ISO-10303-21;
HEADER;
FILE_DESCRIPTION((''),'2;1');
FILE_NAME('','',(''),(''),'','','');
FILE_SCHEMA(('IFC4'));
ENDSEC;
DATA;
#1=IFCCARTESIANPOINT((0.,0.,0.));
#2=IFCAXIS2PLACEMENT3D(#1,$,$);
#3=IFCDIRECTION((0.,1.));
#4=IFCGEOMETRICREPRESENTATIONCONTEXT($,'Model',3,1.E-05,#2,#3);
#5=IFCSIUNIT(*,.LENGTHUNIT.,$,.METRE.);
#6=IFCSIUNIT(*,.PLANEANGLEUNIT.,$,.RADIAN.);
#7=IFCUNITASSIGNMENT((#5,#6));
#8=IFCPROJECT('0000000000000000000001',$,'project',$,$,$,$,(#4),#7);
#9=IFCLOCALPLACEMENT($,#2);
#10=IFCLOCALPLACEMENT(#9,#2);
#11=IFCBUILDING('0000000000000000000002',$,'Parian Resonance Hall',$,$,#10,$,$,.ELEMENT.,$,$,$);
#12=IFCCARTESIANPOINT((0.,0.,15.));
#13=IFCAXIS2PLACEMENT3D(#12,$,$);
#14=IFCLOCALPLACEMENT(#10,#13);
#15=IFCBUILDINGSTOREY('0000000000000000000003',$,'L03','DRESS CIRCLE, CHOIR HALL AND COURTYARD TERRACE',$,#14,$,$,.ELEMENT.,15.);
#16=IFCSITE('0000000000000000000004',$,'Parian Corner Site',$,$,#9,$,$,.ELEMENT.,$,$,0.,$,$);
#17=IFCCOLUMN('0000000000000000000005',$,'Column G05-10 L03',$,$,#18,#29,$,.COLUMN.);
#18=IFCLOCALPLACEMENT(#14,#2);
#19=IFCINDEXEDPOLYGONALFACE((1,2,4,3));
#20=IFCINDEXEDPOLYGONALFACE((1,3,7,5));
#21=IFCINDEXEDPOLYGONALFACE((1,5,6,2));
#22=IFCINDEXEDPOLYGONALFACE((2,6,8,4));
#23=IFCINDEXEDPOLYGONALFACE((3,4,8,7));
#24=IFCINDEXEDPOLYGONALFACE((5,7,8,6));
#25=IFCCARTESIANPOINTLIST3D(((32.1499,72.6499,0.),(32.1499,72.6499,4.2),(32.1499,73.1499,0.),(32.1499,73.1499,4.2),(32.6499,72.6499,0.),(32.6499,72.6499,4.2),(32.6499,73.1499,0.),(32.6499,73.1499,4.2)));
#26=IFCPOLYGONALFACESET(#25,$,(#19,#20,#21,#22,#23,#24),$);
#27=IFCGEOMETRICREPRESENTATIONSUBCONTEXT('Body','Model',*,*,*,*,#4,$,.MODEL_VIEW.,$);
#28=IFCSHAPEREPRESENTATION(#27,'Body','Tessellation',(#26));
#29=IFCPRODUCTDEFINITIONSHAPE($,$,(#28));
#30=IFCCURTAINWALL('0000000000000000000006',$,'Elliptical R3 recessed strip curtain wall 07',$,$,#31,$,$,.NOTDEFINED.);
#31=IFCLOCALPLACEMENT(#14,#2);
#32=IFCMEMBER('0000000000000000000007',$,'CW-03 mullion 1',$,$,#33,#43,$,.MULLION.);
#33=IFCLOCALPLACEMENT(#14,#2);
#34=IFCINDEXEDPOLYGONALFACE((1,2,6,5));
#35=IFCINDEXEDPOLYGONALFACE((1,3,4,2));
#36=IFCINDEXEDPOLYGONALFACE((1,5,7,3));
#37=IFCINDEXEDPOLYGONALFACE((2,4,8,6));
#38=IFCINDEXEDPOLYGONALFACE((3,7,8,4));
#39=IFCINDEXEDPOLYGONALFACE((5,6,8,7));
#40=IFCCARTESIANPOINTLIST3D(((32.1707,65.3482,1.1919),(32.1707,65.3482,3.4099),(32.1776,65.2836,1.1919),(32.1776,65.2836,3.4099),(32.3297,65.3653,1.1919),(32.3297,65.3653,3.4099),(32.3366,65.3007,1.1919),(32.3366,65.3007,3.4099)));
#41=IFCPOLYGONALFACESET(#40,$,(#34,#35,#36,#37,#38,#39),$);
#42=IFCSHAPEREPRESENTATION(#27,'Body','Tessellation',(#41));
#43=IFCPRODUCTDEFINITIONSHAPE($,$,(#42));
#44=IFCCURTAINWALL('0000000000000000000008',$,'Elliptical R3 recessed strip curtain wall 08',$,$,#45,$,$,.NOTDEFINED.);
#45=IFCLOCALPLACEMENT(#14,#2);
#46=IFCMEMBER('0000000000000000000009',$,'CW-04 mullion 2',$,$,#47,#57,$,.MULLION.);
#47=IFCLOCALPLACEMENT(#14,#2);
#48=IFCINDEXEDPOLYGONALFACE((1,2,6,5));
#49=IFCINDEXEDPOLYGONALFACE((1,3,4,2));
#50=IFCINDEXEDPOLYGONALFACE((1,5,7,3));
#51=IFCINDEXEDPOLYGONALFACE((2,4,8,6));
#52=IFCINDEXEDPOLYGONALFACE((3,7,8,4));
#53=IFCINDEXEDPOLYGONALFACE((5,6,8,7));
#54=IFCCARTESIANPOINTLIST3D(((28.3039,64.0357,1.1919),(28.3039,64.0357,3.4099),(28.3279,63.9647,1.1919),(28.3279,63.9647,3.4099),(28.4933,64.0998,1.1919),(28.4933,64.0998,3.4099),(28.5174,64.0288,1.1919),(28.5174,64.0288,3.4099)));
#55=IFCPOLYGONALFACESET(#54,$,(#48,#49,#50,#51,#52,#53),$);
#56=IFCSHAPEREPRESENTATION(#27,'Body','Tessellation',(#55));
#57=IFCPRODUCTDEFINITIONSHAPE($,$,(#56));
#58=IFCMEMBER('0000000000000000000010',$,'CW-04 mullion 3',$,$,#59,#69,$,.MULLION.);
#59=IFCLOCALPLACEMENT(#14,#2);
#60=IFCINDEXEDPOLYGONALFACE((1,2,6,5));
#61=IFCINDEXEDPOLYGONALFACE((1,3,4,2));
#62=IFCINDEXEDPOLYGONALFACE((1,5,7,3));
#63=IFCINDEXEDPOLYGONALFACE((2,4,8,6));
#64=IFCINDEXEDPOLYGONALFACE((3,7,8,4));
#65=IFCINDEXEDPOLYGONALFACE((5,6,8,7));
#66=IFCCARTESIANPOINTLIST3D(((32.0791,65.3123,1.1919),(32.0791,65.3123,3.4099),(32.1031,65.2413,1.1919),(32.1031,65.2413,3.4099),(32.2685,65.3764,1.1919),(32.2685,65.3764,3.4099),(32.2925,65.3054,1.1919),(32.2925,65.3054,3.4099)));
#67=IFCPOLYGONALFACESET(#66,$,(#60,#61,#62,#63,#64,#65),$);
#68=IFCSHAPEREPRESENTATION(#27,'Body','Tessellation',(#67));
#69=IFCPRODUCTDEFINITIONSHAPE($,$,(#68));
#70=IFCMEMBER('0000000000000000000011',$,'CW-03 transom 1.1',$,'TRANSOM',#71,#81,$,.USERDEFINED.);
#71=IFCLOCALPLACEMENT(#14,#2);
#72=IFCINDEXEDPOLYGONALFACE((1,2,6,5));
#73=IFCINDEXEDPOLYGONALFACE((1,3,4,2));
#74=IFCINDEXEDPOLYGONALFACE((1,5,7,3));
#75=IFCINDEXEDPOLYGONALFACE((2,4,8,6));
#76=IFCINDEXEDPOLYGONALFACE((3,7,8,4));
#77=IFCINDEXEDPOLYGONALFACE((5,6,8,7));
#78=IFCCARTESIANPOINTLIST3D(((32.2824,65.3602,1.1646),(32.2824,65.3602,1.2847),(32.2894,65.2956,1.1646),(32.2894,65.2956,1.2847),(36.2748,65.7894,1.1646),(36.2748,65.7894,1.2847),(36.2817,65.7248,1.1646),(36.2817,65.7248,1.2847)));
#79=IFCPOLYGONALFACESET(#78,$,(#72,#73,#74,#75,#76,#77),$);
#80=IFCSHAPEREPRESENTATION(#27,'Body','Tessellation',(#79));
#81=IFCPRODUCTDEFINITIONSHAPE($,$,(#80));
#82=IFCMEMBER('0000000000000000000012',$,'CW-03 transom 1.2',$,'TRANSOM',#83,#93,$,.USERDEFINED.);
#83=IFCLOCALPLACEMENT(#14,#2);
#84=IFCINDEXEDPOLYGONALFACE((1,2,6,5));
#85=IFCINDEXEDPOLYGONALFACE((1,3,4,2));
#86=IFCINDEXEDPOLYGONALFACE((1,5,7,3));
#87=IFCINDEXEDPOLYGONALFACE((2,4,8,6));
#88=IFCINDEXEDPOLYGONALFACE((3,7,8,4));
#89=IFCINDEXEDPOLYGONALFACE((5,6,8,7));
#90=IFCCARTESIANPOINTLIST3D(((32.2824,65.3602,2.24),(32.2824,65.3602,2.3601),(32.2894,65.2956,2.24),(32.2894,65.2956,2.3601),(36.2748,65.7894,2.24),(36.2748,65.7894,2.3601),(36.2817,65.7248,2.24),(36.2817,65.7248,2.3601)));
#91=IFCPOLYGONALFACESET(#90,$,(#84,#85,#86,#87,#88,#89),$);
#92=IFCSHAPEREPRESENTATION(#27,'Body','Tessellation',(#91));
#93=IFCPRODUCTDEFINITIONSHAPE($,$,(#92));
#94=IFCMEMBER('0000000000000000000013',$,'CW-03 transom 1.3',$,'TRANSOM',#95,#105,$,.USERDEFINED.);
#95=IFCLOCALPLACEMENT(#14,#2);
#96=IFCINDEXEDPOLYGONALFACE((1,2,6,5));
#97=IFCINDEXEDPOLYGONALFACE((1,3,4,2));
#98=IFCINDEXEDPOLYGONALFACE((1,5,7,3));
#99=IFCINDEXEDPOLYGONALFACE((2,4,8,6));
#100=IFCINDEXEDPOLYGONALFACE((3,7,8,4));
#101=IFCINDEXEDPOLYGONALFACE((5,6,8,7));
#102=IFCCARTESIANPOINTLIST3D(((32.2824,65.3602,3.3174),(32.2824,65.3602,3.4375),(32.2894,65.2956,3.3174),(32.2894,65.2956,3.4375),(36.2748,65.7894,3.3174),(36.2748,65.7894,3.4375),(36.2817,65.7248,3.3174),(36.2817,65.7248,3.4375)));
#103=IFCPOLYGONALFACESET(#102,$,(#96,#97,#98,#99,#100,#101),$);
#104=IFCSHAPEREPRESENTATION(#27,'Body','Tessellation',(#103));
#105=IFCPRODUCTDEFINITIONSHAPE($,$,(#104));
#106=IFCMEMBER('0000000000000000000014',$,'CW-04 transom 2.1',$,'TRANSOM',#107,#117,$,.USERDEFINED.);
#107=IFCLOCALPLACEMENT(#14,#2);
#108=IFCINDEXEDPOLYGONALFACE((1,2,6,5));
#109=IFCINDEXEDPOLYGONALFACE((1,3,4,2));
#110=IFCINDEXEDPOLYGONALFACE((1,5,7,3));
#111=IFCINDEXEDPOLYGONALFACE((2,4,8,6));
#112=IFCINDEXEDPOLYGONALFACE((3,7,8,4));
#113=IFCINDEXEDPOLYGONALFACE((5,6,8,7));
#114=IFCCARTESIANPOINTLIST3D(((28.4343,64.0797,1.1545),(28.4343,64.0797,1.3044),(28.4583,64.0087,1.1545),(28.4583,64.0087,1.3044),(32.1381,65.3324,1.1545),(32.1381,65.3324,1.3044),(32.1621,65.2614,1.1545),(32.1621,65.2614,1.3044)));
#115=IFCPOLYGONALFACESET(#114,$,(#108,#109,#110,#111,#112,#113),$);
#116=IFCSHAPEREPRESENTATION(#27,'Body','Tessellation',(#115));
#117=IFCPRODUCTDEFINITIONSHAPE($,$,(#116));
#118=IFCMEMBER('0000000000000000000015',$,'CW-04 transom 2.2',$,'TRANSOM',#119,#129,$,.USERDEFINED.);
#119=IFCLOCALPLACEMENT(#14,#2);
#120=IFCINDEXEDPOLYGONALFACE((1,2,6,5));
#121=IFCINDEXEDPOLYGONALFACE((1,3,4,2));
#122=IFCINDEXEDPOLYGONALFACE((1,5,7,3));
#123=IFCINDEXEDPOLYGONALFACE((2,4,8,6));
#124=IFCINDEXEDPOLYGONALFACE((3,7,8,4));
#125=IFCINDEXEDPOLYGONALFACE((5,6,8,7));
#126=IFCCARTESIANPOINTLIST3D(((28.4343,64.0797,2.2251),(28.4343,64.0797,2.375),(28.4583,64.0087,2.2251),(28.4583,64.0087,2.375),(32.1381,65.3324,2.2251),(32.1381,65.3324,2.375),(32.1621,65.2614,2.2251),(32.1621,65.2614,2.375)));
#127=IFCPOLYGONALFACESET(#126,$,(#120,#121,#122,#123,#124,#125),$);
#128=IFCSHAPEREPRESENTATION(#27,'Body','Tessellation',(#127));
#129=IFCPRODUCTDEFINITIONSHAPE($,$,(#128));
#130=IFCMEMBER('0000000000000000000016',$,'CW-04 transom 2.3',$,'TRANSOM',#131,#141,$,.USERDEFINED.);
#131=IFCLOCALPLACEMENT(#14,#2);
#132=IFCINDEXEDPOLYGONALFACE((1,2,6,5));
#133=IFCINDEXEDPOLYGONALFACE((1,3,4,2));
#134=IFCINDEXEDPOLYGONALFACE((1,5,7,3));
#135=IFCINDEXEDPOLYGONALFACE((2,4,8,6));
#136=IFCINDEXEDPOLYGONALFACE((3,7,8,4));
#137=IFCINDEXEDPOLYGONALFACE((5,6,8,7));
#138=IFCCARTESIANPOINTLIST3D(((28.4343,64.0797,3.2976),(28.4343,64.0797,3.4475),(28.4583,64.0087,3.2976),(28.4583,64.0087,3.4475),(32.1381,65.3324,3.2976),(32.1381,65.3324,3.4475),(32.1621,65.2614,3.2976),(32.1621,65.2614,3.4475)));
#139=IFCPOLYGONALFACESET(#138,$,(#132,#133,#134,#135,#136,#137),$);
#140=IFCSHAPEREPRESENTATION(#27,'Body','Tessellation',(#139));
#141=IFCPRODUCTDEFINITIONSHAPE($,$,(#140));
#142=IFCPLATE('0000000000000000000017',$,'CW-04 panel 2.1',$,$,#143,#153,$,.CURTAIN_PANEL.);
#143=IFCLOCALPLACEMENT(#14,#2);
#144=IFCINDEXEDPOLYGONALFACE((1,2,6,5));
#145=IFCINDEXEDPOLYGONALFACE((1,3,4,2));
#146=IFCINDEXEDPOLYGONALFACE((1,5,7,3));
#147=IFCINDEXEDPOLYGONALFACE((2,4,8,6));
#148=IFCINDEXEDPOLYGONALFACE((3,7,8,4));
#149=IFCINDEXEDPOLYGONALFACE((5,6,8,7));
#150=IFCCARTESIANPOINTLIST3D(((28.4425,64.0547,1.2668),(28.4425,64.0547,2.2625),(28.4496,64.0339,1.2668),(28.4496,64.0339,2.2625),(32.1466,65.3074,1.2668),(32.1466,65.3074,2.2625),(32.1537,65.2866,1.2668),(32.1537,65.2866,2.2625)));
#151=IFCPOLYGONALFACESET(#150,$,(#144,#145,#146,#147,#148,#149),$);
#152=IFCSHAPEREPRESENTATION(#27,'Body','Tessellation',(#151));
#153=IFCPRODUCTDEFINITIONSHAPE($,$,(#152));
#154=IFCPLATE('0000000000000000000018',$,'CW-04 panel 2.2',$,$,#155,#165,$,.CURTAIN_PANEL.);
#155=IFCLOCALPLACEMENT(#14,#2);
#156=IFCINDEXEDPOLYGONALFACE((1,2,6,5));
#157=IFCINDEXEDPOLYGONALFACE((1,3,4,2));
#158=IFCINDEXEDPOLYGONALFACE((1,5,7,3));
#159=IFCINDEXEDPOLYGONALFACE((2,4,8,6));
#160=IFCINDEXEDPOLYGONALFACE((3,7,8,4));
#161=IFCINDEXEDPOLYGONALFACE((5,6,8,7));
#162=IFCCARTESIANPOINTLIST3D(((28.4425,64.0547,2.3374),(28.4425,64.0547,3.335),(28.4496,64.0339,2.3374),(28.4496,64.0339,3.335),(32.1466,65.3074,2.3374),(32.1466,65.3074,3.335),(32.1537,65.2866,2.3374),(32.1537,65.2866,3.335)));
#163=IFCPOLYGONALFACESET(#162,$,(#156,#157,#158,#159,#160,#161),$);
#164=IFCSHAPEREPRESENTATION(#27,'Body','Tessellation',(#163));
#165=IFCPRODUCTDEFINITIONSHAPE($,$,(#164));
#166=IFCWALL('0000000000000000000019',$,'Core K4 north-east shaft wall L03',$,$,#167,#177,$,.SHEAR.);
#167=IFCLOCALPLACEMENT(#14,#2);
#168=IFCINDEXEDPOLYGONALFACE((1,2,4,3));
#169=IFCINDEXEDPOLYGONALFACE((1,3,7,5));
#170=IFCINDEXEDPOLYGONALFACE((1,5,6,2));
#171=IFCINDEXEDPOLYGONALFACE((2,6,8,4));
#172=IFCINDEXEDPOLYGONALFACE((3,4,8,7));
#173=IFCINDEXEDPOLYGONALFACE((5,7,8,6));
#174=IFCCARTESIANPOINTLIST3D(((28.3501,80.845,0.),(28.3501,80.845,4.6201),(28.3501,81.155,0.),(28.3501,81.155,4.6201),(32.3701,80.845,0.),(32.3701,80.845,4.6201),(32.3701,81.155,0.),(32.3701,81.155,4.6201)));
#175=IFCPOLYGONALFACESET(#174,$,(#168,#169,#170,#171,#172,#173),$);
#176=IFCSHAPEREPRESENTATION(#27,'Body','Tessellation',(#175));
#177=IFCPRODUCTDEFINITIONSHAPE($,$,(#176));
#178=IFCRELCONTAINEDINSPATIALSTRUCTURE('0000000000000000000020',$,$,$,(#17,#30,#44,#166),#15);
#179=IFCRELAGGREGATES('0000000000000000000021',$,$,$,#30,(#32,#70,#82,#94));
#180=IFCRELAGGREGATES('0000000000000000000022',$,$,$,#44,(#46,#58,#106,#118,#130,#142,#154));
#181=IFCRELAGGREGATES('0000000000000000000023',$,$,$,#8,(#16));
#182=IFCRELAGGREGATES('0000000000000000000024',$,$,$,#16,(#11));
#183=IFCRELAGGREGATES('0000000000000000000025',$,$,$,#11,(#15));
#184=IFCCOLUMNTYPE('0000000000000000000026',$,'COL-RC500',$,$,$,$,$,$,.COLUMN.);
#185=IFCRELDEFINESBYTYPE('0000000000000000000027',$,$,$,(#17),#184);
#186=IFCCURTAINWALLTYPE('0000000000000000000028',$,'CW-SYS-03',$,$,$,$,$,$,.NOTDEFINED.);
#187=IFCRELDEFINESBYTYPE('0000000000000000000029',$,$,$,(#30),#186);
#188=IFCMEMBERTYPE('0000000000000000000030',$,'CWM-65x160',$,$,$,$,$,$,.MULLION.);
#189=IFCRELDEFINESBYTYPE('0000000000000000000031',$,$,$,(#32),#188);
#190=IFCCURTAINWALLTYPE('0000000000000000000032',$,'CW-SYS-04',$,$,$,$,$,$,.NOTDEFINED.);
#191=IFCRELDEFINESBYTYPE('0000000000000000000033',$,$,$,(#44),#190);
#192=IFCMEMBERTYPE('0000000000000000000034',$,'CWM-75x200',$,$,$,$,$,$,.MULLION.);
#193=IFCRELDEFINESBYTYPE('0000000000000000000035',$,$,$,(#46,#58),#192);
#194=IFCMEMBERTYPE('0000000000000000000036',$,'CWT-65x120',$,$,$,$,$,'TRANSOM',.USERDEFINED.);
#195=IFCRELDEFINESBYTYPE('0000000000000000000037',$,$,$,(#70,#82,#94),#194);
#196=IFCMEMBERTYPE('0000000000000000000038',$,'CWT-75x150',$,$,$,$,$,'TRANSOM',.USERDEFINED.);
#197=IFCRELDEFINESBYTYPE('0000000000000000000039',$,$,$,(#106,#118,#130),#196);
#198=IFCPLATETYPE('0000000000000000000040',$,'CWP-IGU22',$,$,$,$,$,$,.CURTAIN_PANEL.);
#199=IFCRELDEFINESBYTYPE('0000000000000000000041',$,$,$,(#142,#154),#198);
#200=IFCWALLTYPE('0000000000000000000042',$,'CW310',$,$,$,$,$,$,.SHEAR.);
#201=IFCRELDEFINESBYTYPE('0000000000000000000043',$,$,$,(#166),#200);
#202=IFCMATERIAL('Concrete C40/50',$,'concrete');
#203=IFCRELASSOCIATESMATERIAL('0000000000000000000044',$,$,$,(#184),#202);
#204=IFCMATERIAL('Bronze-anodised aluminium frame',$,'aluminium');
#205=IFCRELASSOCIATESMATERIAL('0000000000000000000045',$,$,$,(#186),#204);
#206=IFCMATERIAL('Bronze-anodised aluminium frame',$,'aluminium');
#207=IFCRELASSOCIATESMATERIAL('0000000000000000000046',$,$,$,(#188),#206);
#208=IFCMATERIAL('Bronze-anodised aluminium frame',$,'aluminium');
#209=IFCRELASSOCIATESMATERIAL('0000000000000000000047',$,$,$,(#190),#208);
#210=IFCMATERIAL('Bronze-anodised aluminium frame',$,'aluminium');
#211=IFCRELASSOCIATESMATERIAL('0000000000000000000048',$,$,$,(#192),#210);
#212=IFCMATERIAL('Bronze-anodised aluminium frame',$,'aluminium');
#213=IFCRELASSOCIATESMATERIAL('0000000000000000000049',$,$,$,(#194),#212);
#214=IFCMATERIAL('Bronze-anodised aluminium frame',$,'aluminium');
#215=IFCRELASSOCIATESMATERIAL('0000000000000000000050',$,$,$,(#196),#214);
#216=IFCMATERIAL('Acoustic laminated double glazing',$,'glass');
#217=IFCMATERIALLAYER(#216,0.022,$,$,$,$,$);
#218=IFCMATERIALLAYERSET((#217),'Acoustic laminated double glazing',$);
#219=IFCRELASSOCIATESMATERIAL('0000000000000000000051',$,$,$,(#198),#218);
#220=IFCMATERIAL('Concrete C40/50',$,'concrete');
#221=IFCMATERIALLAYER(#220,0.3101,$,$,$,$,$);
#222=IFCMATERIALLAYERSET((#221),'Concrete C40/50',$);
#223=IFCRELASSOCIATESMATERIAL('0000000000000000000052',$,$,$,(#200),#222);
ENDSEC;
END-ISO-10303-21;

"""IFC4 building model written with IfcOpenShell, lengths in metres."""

from ifc_helpers import new_model, si_unit, direction, frame, frame_2d, origin, origin_2d, place, context, subcontext, project, spatial, rectangle, extrude, material, layer, layer_set, material_profile, profile_set, type_object, element, aggregate, save


model = new_model("IFC4")

# Units and contexts
model_context = context("Model", 3, precision=1e-05, world=origin(), true_north=direction((0.0, 1.0)))
body_context = subcontext(model_context, "Body", "Model", "MODEL_VIEW")
ifc_project = project(units=[si_unit("LENGTHUNIT", "METRE"), si_unit("PLANEANGLEUNIT", "RADIAN")], contexts=[model_context])

# Site, building, storey
site_placement = place(None, origin())
site = spatial("IfcSite", under=ifc_project, at=site_placement, Name="Parian Corner Site", CompositionType="ELEMENT", RefElevation=0.0)
building_placement = place(site_placement, origin())
building = spatial("IfcBuilding", under=site, at=building_placement, Name="Parian Resonance Hall", CompositionType="ELEMENT")
storey_placement = place(building_placement, frame((0.0, 0.0, 15.0)))
storey = spatial("IfcBuildingStorey", under=building, at=storey_placement, Name="L03", Description="DRESS CIRCLE, CHOIR HALL AND COURTYARD TERRACE", CompositionType="ELEMENT", Elevation=15.0)

# Column
ifc_material_1 = material(Name="Concrete C40/50", Category="concrete")
ifc_material_profile_1 = material_profile(ifc_material_1, rectangle(XDim=0.5, YDim=0.5, at=origin_2d()), Name="RC-COL-500x500")
ifc_profile_set_1 = profile_set([ifc_material_profile_1], Name="Concrete C40/50")
column_type = type_object("IfcColumnType", Name="COL-RC500", PredefinedType="COLUMN", material=ifc_profile_set_1)
column_placement = place(storey_placement, frame((32.3999, 72.8999, 0.0), z_axis=(0.0, 0.0, 1.0), x_axis=(1.0, 0.0, 0.0)))
element("IfcColumn", 1, at=column_placement, inside=storey, type_object=column_type, Name="Column G05-10 L03", PredefinedType="COLUMN", context=body_context, shape_type="SweptSolid", body=[
    extrude(rectangle(XDim=0.5, YDim=0.5, at=origin_2d()), origin(), (0.0, 0.0, 1.0), 4.2),
])

# Curtain wall, member
ifc_material_2 = material(Name="Bronze-anodised aluminium frame", Category="aluminium")
curtain_wall_type_1 = type_object("IfcCurtainWallType", Name="CW-SYS-03", PredefinedType="NOTDEFINED", material=ifc_material_2)
curtain_wall_1_placement = place(storey_placement, origin())
curtain_wall_1 = element("IfcCurtainWall", 2, at=curtain_wall_1_placement, inside=storey, type_object=curtain_wall_type_1, Name="Elliptical R3 recessed strip curtain wall 07", PredefinedType="NOTDEFINED")
ifc_material_3 = material(Name="Bronze-anodised aluminium frame", Category="aluminium")
ifc_material_profile_2 = material_profile(ifc_material_3, rectangle(XDim=0.0649, YDim=0.1599, at=origin_2d()), Name="CWM-65x160")
ifc_profile_set_2 = profile_set([ifc_material_profile_2], Name="Bronze-anodised aluminium frame")
member_type_1 = type_object("IfcMemberType", Name="CWM-65x160", PredefinedType="MULLION", material=ifc_profile_set_2)
member_1_placement = place(storey_placement, frame((32.2537, 65.3245, 1.1919), z_axis=(0.0, 0.0, 1.0), x_axis=(-0.106871, 0.994273, 0.0)))
member_1 = element("IfcMember", 3, at=member_1_placement, type_object=member_type_1, Name="CW-03 mullion 1", PredefinedType="MULLION", context=body_context, shape_type="SweptSolid", body=[
    extrude(rectangle(XDim=0.0649, YDim=0.1599, at=origin_2d()), origin(), (0.0, 0.0, 1.0), 2.218),
])

# Curtain wall, members
ifc_material_4 = material(Name="Bronze-anodised aluminium frame", Category="aluminium")
curtain_wall_type_2 = type_object("IfcCurtainWallType", Name="CW-SYS-04", PredefinedType="NOTDEFINED", material=ifc_material_4)
curtain_wall_2_placement = place(storey_placement, origin())
curtain_wall_2 = element("IfcCurtainWall", 4, at=curtain_wall_2_placement, inside=storey, type_object=curtain_wall_type_2, Name="Elliptical R3 recessed strip curtain wall 08", PredefinedType="NOTDEFINED")
ifc_material_5 = material(Name="Bronze-anodised aluminium frame", Category="aluminium")
ifc_material_profile_3 = material_profile(ifc_material_5, rectangle(XDim=0.075, YDim=0.2, at=origin_2d()), Name="CWM-75x200")
ifc_profile_set_3 = profile_set([ifc_material_profile_3], Name="Bronze-anodised aluminium frame")
member_type_2 = type_object("IfcMemberType", Name="CWM-75x200", PredefinedType="MULLION", material=ifc_profile_set_3)
member_2_placement = place(storey_placement, frame((28.4106, 64.0322, 1.1919), z_axis=(0.0, 0.0, 1.0), x_axis=(-0.32036, 0.947296, 0.0)))
member_2 = element("IfcMember", 5, at=member_2_placement, type_object=member_type_2, Name="CW-04 mullion 2", PredefinedType="MULLION", context=body_context, shape_type="SweptSolid", body=[
    extrude(rectangle(XDim=0.075, YDim=0.2, at=origin_2d()), origin(), (0.0, 0.0, 1.0), 2.218),
])
member_3_placement = place(storey_placement, frame((32.1858, 65.3088, 1.1919), z_axis=(0.0, 0.0, 1.0), x_axis=(-0.32036, 0.947296, 0.0)))
member_3 = element("IfcMember", 6, at=member_3_placement, type_object=member_type_2, Name="CW-04 mullion 3", PredefinedType="MULLION", context=body_context, shape_type="SweptSolid", body=[
    extrude(rectangle(XDim=0.075, YDim=0.2, at=origin_2d()), origin(), (0.0, 0.0, 1.0), 2.218),
])

# Members
ifc_material_6 = material(Name="Bronze-anodised aluminium frame", Category="aluminium")
ifc_material_profile_4 = material_profile(ifc_material_6, rectangle(XDim=0.0649, YDim=0.1201, at=origin_2d()), Name="CWT-65x120")
ifc_profile_set_4 = profile_set([ifc_material_profile_4], Name="Bronze-anodised aluminium frame")
member_type_3 = type_object("IfcMemberType", Name="CWT-65x120", ElementType="TRANSOM", PredefinedType="USERDEFINED", material=ifc_profile_set_4)
member_4_placement = place(storey_placement, frame((32.2859, 65.3279, 1.2246), z_axis=(0.994271, 0.106887, 0.0), x_axis=(-0.106887, 0.994271, 0.0)))
member_4 = element("IfcMember", 7, at=member_4_placement, type_object=member_type_3, Name="CW-03 transom 1.1", ObjectType="TRANSOM", PredefinedType="USERDEFINED", context=body_context, shape_type="SweptSolid", body=[
    extrude(rectangle(XDim=0.0649, YDim=0.1201, at=origin_2d()), origin(), (0.0, 0.0, 1.0), 4.0154),
])
member_5_placement = place(storey_placement, frame((32.2859, 65.3279, 2.3), z_axis=(0.994271, 0.106887, 0.0), x_axis=(-0.106887, 0.994271, 0.0)))
member_5 = element("IfcMember", 8, at=member_5_placement, type_object=member_type_3, Name="CW-03 transom 1.2", ObjectType="TRANSOM", PredefinedType="USERDEFINED", context=body_context, shape_type="SweptSolid", body=[
    extrude(rectangle(XDim=0.0649, YDim=0.1201, at=origin_2d()), origin(), (0.0, 0.0, 1.0), 4.0154),
])
member_6_placement = place(storey_placement, frame((32.2859, 65.3279, 3.3774), z_axis=(0.994271, 0.106887, 0.0), x_axis=(-0.106887, 0.994271, 0.0)))
member_6 = element("IfcMember", 9, at=member_6_placement, type_object=member_type_3, Name="CW-03 transom 1.3", ObjectType="TRANSOM", PredefinedType="USERDEFINED", context=body_context, shape_type="SweptSolid", body=[
    extrude(rectangle(XDim=0.0649, YDim=0.1201, at=origin_2d()), origin(), (0.0, 0.0, 1.0), 4.0154),
])
aggregate(curtain_wall_1, [member_1, member_4, member_5, member_6])
ifc_material_7 = material(Name="Bronze-anodised aluminium frame", Category="aluminium")
ifc_material_profile_5 = material_profile(ifc_material_7, rectangle(XDim=0.075, YDim=0.1499, at=origin_2d()), Name="CWT-75x150")
ifc_profile_set_5 = profile_set([ifc_material_profile_5], Name="Bronze-anodised aluminium frame")
member_type_4 = type_object("IfcMemberType", Name="CWT-75x150", ElementType="TRANSOM", PredefinedType="USERDEFINED", material=ifc_profile_set_5)
member_7_placement = place(storey_placement, frame((28.4463, 64.0442, 1.2295), z_axis=(0.947288, 0.320383, 0.0), x_axis=(-0.320383, 0.947288, 0.0)))
member_7 = element("IfcMember", 10, at=member_7_placement, type_object=member_type_4, Name="CW-04 transom 2.1", ObjectType="TRANSOM", PredefinedType="USERDEFINED", context=body_context, shape_type="SweptSolid", body=[
    extrude(rectangle(XDim=0.075, YDim=0.1499, at=origin_2d()), origin(), (0.0, 0.0, 1.0), 3.9099),
])
member_8_placement = place(storey_placement, frame((28.4463, 64.0442, 2.3), z_axis=(0.947288, 0.320383, 0.0), x_axis=(-0.320383, 0.947288, 0.0)))
member_8 = element("IfcMember", 11, at=member_8_placement, type_object=member_type_4, Name="CW-04 transom 2.2", ObjectType="TRANSOM", PredefinedType="USERDEFINED", context=body_context, shape_type="SweptSolid", body=[
    extrude(rectangle(XDim=0.075, YDim=0.1499, at=origin_2d()), origin(), (0.0, 0.0, 1.0), 3.9099),
])
member_9_placement = place(storey_placement, frame((28.4463, 64.0442, 3.3726), z_axis=(0.947288, 0.320383, 0.0), x_axis=(-0.320383, 0.947288, 0.0)))
member_9 = element("IfcMember", 12, at=member_9_placement, type_object=member_type_4, Name="CW-04 transom 2.3", ObjectType="TRANSOM", PredefinedType="USERDEFINED", context=body_context, shape_type="SweptSolid", body=[
    extrude(rectangle(XDim=0.075, YDim=0.1499, at=origin_2d()), origin(), (0.0, 0.0, 1.0), 3.9099),
])

# Plates
ifc_material_8 = material(Name="Acoustic laminated double glazing", Category="glass")
ifc_layer_1 = layer(ifc_material_8, 0.022)
ifc_layer_set_1 = layer_set([ifc_layer_1], Name="Acoustic laminated double glazing")
plate_type = type_object("IfcPlateType", Name="CWP-IGU22", PredefinedType="CURTAIN_PANEL", material=ifc_layer_set_1)
plate_1_placement = place(storey_placement, frame((30.2981, 64.6707, 1.2668), z_axis=(0.0, 0.0, 1.0), x_axis=(0.947296, 0.32036, 0.0)))
plate_1 = element("IfcPlate", 13, at=plate_1_placement, type_object=plate_type, Name="CW-04 panel 2.1", PredefinedType="CURTAIN_PANEL", context=body_context, shape_type="SweptSolid", body=[
    extrude(rectangle(XDim=3.9102, YDim=0.022, at=origin_2d()), origin(), (0.0, 0.0, 1.0), 0.9956),
])
plate_2_placement = place(storey_placement, frame((30.2981, 64.6707, 2.3374), z_axis=(0.0, 0.0, 1.0), x_axis=(0.947296, 0.32036, 0.0)))
plate_2 = element("IfcPlate", 14, at=plate_2_placement, type_object=plate_type, Name="CW-04 panel 2.2", PredefinedType="CURTAIN_PANEL", context=body_context, shape_type="SweptSolid", body=[
    extrude(rectangle(XDim=3.9102, YDim=0.022, at=origin_2d()), origin(), (0.0, 0.0, 1.0), 0.9976),
])
aggregate(curtain_wall_2, [member_2, member_3, member_7, member_8, member_9, plate_1, plate_2])

# Wall
ifc_material_9 = material(Name="Concrete C40/50", Category="concrete")
ifc_layer_2 = layer(ifc_material_9, 0.3101)
ifc_layer_set_2 = layer_set([ifc_layer_2], Name="Concrete C40/50")
wall_type_1 = type_object("IfcWallType", Name="CW310", PredefinedType="SHEAR", material=ifc_layer_set_2)
wall_1_placement = place(storey_placement, frame((28.3501, 81.0, 0.0), z_axis=(0.0, 0.0, 1.0), x_axis=(1.0, 0.0, 0.0)))
element("IfcWall", 15, at=wall_1_placement, inside=storey, type_object=wall_type_1, Name="Core K4 north-east shaft wall L03", PredefinedType="SHEAR", context=body_context, shape_type="SweptSolid", body=[
    extrude(rectangle(XDim=4.02, YDim=0.3101, at=frame_2d((2.01, 0.0))), origin(), (0.0, 0.0, 1.0), 4.6201),
])

save(model, "model.ifc")
